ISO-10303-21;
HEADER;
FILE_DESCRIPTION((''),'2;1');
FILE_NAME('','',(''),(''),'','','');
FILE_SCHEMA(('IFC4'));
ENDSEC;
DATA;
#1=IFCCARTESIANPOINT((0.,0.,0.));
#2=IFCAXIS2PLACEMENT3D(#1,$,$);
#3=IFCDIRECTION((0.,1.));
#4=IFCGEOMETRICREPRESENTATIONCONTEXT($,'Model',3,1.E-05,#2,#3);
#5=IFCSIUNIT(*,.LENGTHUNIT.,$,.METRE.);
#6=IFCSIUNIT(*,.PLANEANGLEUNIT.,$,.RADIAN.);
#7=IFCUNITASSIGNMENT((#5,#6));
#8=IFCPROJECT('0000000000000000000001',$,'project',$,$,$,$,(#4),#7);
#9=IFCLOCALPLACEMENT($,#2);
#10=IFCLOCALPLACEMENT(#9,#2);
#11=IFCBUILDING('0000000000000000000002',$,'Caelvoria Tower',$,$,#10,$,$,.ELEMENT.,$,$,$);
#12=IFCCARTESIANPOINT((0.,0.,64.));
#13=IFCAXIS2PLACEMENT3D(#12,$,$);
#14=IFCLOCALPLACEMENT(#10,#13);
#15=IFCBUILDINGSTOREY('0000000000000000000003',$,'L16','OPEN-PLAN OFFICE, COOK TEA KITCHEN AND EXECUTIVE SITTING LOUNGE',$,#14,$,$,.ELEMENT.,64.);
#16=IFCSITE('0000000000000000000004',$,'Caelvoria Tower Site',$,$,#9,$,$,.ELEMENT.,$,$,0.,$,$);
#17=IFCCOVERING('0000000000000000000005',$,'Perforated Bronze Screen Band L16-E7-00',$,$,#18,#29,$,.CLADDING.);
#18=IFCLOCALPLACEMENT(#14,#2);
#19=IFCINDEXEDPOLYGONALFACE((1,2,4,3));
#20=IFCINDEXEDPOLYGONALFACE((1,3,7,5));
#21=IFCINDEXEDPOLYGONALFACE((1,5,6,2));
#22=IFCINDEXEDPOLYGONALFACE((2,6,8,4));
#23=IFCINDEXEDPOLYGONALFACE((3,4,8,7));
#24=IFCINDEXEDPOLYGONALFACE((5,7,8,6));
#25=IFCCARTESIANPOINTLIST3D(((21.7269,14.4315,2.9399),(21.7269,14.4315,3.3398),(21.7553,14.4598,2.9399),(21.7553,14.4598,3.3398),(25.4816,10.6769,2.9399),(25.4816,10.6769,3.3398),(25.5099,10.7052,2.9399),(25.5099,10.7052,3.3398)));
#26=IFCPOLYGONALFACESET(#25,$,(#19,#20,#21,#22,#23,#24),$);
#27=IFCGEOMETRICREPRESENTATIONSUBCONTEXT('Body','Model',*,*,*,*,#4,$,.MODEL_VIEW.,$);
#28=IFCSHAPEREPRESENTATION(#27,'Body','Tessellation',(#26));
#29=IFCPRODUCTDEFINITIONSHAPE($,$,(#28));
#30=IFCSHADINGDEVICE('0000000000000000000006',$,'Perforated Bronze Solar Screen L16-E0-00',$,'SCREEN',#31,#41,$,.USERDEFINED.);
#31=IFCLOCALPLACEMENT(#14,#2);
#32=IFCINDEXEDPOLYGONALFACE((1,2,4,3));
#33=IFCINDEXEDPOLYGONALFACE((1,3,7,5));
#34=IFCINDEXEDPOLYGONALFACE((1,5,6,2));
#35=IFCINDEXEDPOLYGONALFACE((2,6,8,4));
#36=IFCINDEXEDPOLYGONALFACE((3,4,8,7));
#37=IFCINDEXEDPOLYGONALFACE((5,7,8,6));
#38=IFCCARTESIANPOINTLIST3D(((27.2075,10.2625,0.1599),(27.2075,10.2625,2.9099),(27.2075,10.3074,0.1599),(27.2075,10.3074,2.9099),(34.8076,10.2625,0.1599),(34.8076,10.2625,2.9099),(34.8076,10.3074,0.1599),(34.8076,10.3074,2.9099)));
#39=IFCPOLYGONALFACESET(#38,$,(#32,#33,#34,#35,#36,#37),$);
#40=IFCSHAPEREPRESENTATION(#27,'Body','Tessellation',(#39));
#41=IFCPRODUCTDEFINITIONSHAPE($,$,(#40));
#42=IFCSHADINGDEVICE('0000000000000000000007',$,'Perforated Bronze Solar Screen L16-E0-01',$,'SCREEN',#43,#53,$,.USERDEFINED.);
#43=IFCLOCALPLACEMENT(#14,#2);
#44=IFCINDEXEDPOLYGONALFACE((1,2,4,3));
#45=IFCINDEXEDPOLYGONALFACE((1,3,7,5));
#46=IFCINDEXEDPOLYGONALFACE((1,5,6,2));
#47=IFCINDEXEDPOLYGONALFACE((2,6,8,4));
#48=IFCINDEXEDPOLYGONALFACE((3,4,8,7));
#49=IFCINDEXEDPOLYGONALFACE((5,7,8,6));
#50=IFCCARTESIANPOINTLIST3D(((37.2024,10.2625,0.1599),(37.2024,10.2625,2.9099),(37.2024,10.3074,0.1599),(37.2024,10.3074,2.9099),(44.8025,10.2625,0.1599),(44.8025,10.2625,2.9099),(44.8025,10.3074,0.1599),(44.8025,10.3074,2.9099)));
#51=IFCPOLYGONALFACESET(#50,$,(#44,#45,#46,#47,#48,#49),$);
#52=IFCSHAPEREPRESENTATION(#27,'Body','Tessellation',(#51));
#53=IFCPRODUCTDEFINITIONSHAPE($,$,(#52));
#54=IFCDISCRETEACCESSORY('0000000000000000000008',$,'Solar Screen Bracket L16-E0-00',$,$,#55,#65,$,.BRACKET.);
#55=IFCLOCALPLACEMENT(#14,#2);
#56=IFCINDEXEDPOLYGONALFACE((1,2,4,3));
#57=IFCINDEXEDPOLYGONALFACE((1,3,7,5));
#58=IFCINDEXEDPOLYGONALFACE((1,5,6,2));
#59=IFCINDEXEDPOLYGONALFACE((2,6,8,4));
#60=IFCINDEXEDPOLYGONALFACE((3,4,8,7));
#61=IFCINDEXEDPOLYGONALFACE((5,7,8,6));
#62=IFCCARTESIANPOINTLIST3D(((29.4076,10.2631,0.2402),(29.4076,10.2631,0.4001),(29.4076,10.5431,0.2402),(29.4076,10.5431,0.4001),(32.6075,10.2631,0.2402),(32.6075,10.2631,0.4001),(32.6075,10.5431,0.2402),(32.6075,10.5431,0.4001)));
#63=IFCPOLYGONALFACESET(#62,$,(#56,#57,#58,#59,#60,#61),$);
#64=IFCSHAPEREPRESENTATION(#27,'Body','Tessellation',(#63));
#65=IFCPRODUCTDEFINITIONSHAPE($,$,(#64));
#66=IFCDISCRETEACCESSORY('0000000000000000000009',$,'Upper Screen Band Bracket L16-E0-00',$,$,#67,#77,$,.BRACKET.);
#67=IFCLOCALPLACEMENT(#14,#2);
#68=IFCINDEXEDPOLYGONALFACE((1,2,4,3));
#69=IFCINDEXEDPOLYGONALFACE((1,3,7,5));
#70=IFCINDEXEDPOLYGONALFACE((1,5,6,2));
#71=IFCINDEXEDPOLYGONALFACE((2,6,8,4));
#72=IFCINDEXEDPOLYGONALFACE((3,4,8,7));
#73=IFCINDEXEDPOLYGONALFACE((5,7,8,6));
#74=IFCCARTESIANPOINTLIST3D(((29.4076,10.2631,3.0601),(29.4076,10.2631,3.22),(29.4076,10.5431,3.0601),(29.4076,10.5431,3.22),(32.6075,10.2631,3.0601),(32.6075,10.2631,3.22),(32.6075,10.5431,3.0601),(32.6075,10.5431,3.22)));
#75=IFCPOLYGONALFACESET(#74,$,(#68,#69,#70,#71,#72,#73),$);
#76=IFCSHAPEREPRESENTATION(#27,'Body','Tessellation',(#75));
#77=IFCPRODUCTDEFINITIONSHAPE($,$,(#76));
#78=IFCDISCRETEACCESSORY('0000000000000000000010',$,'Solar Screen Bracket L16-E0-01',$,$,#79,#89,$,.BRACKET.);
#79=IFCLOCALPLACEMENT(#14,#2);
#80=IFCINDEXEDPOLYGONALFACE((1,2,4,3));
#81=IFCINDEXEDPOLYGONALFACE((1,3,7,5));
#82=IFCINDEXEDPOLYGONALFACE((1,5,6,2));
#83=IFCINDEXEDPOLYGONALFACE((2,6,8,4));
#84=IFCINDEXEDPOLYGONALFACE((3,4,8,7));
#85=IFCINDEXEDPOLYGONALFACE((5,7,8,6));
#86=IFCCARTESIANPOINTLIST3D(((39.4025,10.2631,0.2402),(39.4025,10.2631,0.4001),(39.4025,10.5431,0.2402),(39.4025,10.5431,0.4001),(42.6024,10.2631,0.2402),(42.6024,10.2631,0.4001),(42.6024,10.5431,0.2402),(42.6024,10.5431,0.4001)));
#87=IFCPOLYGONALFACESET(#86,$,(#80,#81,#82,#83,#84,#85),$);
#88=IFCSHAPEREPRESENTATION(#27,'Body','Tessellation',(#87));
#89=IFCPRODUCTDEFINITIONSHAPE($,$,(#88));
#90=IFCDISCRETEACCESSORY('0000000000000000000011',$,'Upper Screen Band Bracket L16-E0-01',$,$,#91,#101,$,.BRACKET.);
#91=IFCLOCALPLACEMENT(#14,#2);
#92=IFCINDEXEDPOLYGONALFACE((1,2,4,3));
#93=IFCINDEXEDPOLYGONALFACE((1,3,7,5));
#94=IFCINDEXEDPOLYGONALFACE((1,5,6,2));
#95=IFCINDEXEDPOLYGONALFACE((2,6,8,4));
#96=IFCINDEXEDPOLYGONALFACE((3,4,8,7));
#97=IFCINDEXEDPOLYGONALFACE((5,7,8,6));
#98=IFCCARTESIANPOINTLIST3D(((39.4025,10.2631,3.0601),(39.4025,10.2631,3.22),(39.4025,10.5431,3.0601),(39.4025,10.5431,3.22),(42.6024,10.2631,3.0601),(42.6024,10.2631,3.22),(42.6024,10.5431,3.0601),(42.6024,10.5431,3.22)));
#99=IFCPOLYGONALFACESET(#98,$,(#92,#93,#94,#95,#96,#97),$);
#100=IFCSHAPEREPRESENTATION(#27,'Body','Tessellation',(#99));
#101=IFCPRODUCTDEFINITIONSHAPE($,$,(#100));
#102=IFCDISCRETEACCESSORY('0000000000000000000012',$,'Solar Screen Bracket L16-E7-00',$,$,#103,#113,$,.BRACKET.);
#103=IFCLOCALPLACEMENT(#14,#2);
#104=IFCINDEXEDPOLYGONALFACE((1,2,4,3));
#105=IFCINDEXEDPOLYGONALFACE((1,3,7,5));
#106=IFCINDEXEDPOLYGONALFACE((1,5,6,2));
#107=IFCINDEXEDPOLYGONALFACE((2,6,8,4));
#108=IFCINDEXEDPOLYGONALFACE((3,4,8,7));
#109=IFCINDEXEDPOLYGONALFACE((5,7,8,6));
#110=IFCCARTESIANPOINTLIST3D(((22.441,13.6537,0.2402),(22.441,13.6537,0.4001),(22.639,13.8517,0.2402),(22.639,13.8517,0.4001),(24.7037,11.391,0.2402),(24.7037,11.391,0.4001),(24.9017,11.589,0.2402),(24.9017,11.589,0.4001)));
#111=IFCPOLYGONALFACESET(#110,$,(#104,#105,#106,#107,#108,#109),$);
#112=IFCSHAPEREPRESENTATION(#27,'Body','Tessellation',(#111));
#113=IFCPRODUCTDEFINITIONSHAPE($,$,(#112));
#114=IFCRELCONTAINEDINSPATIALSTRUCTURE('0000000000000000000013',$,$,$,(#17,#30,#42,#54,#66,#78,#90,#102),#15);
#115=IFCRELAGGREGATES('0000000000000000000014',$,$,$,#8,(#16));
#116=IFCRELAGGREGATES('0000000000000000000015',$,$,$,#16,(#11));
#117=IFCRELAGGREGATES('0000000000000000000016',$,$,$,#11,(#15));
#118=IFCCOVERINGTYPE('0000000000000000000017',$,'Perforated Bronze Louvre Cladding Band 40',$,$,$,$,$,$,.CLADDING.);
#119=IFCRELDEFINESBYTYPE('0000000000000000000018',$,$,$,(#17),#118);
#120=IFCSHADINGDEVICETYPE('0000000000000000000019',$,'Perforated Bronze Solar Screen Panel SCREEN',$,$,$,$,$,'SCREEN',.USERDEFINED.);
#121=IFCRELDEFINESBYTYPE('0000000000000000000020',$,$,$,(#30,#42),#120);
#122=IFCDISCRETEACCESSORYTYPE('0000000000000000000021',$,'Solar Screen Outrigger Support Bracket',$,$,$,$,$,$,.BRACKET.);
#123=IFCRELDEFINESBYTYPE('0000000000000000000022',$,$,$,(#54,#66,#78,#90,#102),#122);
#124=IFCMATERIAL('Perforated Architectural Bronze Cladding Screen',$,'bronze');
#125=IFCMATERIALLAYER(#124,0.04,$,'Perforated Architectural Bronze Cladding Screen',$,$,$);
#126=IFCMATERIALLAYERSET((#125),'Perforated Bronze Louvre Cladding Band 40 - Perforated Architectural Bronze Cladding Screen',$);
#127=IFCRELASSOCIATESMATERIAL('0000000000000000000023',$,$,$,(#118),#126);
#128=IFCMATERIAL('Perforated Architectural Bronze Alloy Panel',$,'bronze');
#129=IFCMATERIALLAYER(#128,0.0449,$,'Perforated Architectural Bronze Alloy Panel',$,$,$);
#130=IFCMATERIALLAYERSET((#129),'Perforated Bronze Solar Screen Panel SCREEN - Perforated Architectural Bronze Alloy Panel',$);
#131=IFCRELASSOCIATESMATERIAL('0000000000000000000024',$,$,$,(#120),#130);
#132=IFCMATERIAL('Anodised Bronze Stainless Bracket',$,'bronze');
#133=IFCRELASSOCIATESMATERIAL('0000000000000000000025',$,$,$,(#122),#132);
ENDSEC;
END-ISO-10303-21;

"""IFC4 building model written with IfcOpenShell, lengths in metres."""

from ifc_helpers import new_model, si_unit, direction, frame, origin, origin_2d, place, context, subcontext, project, spatial, rectangle, extrude, material, layer, layer_set, type_object, element, save


model = new_model("IFC4")

# Units and contexts
model_context = context("Model", 3, precision=1e-05, world=origin(), true_north=direction((0.0, 1.0)))
body_context = subcontext(model_context, "Body", "Model", "MODEL_VIEW")
ifc_project = project(units=[si_unit("LENGTHUNIT", "METRE"), si_unit("PLANEANGLEUNIT", "RADIAN")], contexts=[model_context])

# Site, building, storey
site_placement = place(None, origin())
site = spatial("IfcSite", under=ifc_project, at=site_placement, Name="Caelvoria Tower Site", CompositionType="ELEMENT", RefElevation=0.0)
building_placement = place(site_placement, origin())
building = spatial("IfcBuilding", under=site, at=building_placement, Name="Caelvoria Tower", CompositionType="ELEMENT")
storey_placement = place(building_placement, frame((0.0, 0.0, 64.0)))
storey = spatial("IfcBuildingStorey", under=building, at=storey_placement, Name="L16", Description="OPEN-PLAN OFFICE, COOK TEA KITCHEN AND EXECUTIVE SITTING LOUNGE", CompositionType="ELEMENT", Elevation=64.0)

# Covering
ifc_material_1 = material(Name="Perforated Architectural Bronze Cladding Screen", Category="bronze")
ifc_layer_1 = layer(ifc_material_1, 0.04, Name="Perforated Architectural Bronze Cladding Screen")
ifc_layer_set_1 = layer_set([ifc_layer_1], Name="Perforated Bronze Louvre Cladding Band 40 - Perforated Architectural Bronze Cladding Screen")
covering_type = type_object("IfcCoveringType", Name="Perforated Bronze Louvre Cladding Band 40", PredefinedType="CLADDING", material=ifc_layer_set_1)
covering_placement = place(storey_placement, frame((23.6184, 12.5684, 2.9399), z_axis=(0.0, 0.0, 1.0), x_axis=(0.707107, -0.707107, 0.0)))
element("IfcCovering", 1, at=covering_placement, inside=storey, type_object=covering_type, Name="Perforated Bronze Screen Band L16-E7-00", PredefinedType="CLADDING", context=body_context, shape_type="SweptSolid", body=[
    extrude(rectangle(XDim=5.3098, YDim=0.04, at=origin_2d()), origin(), (0.0, 0.0, 1.0), 0.3999),
])

# Shading devices
ifc_material_2 = material(Name="Perforated Architectural Bronze Alloy Panel", Category="bronze")
ifc_layer_2 = layer(ifc_material_2, 0.0449, Name="Perforated Architectural Bronze Alloy Panel")
ifc_layer_set_2 = layer_set([ifc_layer_2], Name="Perforated Bronze Solar Screen Panel SCREEN - Perforated Architectural Bronze Alloy Panel")
shading_device_type = type_object("IfcShadingDeviceType", Name="Perforated Bronze Solar Screen Panel SCREEN", ElementType="SCREEN", PredefinedType="USERDEFINED", material=ifc_layer_set_2)
for number, where, z_axis, x_axis, name in (
    (2, (31.0076, 10.2849, 0.1599), (0.0, 0.0, 1.0), (1.0, 0.0, 0.0), "Perforated Bronze Solar Screen L16-E0-00"),
    (3, (41.0024, 10.2849, 0.1599), (0.0, 0.0, 1.0), (1.0, 0.0, 0.0), "Perforated Bronze Solar Screen L16-E0-01"),
):
    element("IfcShadingDevice", number, at=place(storey_placement, frame(where, z_axis=z_axis, x_axis=x_axis)), inside=storey, type_object=shading_device_type, Name=name, ObjectType="SCREEN", PredefinedType="USERDEFINED", context=body_context, shape_type="SweptSolid", body=[
        extrude(rectangle(XDim=7.6001, YDim=0.0449, at=origin_2d()), origin(), (0.0, 0.0, 1.0), 2.75),
    ])

# Discrete accessories
ifc_material_3 = material(Name="Anodised Bronze Stainless Bracket", Category="bronze")
discrete_accessory_type = type_object("IfcDiscreteAccessoryType", Name="Solar Screen Outrigger Support Bracket", PredefinedType="BRACKET", material=ifc_material_3)
for number, where, z_axis, x_axis, name in (
    (4, (31.0076, 10.4031, 0.2402), (0.0, 0.0, 1.0), (1.0, 0.0, 0.0), "Solar Screen Bracket L16-E0-00"),
    (5, (31.0076, 10.4031, 3.0601), (0.0, 0.0, 1.0), (1.0, 0.0, 0.0), "Upper Screen Band Bracket L16-E0-00"),
    (6, (41.0024, 10.4031, 0.2402), (0.0, 0.0, 1.0), (1.0, 0.0, 0.0), "Solar Screen Bracket L16-E0-01"),
    (7, (41.0024, 10.4031, 3.0601), (0.0, 0.0, 1.0), (1.0, 0.0, 0.0), "Upper Screen Band Bracket L16-E0-01"),
    (8, (23.6714, 12.6213, 0.2402), (0.0, 0.0, 1.0), (0.707107, -0.707107, 0.0), "Solar Screen Bracket L16-E7-00"),
):
    element("IfcDiscreteAccessory", number, at=place(storey_placement, frame(where, z_axis=z_axis, x_axis=x_axis)), inside=storey, type_object=discrete_accessory_type, Name=name, PredefinedType="BRACKET", context=body_context, shape_type="SweptSolid", body=[
        extrude(rectangle(XDim=3.2, YDim=0.28, at=origin_2d()), origin(), (0.0, 0.0, 1.0), 0.1599),
    ])

save(model, "model.ifc")
